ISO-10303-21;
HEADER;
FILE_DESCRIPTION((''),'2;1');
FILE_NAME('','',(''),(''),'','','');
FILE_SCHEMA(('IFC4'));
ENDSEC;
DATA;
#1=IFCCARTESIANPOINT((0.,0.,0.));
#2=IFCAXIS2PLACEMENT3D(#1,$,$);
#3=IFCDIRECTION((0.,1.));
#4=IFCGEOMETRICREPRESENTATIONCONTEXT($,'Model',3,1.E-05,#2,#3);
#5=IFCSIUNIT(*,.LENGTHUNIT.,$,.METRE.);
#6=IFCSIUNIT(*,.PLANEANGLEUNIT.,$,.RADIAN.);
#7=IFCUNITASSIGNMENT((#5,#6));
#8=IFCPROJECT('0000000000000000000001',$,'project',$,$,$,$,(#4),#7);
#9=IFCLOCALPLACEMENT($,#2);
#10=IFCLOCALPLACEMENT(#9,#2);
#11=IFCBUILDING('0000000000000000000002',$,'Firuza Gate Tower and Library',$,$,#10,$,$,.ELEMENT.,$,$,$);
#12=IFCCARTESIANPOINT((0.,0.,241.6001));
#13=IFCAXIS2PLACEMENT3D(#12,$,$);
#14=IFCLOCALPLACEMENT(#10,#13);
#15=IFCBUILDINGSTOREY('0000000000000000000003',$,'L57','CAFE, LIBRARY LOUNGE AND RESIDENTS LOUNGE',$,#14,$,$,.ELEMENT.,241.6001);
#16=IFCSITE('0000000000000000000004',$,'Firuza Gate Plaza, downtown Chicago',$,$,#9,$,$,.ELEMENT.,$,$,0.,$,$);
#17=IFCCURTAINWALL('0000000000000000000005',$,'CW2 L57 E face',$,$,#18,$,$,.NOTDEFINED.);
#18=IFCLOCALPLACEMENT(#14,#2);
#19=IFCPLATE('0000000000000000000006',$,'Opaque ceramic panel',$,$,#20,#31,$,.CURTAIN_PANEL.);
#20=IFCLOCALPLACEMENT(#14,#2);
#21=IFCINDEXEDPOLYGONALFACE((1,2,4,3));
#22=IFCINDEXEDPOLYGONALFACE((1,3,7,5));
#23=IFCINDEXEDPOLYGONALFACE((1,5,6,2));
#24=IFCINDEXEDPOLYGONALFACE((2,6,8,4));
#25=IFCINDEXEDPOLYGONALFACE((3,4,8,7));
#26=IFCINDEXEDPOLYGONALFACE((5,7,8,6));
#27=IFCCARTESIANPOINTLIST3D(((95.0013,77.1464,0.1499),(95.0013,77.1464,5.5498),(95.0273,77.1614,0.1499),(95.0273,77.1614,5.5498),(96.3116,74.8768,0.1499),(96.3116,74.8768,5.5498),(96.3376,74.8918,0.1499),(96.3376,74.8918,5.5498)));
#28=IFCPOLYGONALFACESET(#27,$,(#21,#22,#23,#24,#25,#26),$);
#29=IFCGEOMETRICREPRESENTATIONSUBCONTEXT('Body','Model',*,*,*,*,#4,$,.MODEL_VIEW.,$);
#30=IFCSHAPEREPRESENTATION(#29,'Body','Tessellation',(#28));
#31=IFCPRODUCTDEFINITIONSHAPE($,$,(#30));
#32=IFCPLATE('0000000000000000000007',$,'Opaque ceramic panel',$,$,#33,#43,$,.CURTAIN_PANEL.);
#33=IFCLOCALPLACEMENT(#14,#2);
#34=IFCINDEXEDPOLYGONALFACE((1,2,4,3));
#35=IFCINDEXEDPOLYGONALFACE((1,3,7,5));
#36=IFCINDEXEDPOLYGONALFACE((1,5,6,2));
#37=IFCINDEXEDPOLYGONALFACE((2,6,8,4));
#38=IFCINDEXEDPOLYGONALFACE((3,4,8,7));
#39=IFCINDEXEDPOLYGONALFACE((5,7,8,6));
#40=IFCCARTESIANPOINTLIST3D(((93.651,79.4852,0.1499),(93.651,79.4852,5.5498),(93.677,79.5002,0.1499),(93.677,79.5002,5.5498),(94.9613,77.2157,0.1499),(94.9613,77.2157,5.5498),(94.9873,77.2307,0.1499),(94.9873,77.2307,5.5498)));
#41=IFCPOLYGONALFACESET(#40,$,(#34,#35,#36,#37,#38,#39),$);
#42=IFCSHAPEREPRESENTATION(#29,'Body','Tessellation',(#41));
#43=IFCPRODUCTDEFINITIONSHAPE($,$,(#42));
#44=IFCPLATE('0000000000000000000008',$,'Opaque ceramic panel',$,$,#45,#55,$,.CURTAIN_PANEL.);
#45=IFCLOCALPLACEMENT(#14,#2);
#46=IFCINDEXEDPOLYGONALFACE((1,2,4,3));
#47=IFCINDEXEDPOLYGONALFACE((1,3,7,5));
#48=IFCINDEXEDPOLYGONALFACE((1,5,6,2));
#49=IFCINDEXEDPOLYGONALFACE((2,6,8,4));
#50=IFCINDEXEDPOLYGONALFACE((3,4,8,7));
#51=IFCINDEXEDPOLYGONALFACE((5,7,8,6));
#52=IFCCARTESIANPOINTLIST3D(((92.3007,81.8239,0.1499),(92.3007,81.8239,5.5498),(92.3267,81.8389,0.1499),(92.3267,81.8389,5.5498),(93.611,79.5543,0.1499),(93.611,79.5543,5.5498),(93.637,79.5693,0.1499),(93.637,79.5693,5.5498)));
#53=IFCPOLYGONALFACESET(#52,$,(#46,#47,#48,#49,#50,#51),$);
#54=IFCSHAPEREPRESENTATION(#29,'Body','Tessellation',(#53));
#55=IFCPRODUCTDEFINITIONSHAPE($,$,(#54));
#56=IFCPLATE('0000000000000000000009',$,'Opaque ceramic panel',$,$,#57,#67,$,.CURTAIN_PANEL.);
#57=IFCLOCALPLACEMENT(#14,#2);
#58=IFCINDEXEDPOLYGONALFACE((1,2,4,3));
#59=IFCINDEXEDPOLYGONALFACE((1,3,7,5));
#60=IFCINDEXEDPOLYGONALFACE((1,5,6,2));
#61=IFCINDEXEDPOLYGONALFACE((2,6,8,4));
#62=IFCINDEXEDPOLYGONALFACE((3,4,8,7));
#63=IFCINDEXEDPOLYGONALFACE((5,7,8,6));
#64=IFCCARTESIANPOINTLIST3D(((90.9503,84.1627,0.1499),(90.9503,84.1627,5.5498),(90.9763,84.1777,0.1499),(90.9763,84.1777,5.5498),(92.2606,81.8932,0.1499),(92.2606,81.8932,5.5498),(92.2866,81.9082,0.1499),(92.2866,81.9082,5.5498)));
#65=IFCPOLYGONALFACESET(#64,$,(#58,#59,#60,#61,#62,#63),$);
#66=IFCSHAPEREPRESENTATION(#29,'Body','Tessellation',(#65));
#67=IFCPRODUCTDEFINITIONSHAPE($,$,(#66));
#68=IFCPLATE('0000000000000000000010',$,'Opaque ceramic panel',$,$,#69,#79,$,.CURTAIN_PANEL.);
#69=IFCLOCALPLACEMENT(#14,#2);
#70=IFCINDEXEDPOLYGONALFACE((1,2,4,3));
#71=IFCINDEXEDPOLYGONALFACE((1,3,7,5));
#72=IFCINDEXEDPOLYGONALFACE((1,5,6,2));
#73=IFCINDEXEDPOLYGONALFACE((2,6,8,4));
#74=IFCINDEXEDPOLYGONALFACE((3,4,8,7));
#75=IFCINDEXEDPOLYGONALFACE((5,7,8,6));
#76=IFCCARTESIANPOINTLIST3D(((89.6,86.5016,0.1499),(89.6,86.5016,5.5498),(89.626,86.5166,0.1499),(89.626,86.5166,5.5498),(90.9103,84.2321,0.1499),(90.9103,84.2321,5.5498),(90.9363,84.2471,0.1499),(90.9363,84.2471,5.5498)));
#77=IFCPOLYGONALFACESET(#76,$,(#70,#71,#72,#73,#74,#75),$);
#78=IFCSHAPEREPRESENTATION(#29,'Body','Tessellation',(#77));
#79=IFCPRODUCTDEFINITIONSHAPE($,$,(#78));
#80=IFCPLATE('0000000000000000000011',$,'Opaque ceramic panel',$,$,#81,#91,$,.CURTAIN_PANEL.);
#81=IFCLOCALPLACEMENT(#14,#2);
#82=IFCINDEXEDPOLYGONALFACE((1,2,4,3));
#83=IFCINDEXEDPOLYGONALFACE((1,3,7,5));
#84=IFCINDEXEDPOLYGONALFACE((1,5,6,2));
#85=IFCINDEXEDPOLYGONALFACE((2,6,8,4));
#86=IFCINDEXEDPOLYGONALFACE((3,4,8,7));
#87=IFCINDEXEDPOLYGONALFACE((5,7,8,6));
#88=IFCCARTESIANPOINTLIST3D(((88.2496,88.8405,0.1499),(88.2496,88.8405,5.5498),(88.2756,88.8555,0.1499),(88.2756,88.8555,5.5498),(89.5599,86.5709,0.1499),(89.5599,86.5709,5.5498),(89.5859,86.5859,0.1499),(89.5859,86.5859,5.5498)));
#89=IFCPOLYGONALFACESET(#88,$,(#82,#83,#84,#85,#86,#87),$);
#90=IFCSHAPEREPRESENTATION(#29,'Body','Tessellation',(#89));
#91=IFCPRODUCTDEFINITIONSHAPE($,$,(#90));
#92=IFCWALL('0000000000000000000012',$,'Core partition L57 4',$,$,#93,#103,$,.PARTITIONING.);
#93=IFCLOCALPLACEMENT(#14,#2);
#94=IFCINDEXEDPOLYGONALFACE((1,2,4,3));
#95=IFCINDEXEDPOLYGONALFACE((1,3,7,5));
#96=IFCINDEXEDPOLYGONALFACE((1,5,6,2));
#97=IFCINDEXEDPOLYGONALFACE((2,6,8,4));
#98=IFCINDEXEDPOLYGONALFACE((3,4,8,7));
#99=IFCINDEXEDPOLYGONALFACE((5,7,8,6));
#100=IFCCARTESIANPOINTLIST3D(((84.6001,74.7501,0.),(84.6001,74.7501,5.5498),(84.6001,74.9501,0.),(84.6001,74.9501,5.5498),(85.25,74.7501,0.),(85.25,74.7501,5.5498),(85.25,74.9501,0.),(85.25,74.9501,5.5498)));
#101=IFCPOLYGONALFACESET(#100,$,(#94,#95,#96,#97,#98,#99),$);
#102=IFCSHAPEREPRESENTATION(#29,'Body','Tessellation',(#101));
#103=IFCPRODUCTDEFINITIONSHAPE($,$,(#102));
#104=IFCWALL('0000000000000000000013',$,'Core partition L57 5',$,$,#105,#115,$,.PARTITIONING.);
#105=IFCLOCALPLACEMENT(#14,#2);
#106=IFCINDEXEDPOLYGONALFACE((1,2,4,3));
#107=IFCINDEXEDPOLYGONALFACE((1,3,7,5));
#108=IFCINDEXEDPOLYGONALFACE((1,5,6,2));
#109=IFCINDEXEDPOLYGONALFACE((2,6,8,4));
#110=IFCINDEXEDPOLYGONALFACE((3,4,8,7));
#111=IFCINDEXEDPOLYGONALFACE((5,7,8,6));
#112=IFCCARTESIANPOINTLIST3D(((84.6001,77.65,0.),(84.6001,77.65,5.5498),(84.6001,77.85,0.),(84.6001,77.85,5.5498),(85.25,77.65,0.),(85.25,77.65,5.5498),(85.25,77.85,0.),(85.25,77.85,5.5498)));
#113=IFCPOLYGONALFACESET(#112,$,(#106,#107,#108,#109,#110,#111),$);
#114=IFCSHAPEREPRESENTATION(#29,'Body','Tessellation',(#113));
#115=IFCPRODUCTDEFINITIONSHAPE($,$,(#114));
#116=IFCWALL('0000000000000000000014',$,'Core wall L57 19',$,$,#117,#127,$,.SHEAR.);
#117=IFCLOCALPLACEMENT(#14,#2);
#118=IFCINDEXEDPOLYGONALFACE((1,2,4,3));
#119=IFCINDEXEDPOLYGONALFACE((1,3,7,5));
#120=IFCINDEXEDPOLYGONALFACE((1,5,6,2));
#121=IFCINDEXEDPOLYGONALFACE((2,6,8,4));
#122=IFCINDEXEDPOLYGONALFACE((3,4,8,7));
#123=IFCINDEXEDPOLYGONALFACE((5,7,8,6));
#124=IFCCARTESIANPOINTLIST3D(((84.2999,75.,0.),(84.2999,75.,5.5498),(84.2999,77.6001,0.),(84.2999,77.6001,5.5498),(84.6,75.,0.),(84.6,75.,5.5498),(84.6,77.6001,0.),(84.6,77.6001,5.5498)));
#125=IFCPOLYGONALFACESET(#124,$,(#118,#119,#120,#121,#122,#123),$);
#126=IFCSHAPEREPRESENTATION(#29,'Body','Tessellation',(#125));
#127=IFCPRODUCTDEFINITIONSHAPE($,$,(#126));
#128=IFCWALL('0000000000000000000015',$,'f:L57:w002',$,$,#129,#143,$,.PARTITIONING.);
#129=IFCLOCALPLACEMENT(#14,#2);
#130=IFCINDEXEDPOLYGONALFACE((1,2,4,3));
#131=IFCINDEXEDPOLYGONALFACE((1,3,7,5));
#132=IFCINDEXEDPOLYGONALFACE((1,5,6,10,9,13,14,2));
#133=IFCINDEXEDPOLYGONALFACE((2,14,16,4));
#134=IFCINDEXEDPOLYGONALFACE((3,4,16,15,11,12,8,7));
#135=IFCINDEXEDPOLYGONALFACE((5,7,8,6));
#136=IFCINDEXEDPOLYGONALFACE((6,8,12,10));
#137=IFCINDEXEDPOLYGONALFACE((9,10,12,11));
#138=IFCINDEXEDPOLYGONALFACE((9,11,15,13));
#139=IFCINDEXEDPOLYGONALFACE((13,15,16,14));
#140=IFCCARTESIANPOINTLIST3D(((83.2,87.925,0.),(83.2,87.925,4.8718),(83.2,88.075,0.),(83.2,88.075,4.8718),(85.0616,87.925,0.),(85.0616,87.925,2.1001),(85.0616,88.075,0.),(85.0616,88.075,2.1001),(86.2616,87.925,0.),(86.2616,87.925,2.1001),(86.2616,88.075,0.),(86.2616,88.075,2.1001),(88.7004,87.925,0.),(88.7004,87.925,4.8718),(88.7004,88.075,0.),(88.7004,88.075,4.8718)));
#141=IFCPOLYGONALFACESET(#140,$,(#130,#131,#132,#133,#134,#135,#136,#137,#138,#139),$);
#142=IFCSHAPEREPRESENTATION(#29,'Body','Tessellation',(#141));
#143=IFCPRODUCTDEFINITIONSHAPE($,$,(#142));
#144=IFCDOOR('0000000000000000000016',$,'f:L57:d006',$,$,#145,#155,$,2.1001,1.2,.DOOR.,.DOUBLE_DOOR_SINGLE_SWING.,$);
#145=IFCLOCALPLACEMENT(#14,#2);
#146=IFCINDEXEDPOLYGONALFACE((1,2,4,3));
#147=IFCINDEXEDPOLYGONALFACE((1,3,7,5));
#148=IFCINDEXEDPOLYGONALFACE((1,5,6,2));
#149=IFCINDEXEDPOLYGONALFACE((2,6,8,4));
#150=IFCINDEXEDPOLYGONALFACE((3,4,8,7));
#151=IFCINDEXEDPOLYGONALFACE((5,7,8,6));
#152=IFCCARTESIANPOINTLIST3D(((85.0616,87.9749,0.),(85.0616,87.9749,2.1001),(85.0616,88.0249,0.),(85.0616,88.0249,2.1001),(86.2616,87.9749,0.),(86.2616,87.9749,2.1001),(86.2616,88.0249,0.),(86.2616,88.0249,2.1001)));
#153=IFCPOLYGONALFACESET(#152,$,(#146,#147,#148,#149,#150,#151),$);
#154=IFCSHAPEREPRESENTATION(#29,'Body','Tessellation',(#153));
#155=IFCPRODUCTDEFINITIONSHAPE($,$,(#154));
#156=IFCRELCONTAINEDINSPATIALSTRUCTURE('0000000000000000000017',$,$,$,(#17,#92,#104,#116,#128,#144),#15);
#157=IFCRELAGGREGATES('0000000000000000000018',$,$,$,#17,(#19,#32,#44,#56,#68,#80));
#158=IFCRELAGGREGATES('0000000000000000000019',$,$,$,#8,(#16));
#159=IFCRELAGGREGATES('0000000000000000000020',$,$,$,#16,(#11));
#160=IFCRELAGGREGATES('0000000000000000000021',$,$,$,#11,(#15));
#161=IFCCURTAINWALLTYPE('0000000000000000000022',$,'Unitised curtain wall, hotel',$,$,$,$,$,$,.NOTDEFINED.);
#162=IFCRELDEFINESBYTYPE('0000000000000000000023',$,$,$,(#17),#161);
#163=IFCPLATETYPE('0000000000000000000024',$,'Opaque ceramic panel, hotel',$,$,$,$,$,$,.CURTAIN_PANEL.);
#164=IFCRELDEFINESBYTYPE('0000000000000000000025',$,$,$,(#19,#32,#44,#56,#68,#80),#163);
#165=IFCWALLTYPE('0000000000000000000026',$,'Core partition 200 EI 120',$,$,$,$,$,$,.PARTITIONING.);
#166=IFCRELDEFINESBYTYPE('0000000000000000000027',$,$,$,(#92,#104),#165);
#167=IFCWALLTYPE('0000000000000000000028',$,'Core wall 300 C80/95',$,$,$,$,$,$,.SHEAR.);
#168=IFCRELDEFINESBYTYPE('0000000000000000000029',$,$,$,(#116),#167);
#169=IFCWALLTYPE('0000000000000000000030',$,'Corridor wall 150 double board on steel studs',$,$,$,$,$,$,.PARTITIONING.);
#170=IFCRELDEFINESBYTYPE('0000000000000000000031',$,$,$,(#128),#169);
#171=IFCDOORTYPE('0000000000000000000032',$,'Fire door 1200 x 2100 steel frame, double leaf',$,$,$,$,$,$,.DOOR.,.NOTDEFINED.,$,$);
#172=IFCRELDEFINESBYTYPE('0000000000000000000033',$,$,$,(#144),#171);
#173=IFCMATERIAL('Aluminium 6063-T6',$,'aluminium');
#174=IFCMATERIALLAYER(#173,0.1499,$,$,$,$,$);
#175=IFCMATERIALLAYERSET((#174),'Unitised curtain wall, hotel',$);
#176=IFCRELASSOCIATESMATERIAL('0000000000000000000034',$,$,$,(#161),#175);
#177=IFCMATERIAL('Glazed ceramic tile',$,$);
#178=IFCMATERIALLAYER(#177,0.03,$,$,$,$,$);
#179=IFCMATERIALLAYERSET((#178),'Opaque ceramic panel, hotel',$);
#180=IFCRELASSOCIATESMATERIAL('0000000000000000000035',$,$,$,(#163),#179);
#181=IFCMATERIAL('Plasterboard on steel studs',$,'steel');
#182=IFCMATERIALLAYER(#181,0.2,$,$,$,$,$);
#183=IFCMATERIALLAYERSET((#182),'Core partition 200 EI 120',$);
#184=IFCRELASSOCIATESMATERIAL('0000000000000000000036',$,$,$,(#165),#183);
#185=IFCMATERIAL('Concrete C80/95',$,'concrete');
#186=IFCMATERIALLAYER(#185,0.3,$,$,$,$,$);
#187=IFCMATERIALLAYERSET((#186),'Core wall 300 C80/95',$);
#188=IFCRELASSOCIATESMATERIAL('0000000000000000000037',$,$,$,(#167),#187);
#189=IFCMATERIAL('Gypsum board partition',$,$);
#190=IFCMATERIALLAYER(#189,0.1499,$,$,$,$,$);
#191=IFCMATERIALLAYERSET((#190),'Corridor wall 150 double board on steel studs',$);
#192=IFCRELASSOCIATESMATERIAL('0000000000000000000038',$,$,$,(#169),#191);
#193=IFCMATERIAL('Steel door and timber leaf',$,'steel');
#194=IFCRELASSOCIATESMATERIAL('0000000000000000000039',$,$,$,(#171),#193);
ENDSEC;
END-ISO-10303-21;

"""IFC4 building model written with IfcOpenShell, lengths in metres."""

from ifc_helpers import new_model, si_unit, direction, frame, frame_2d, origin, place, context, subcontext, project, spatial, polyline, rectangle, outline, extrude, material, layer, layer_set, type_object, element, fill, aggregate, save


model = new_model("IFC4")

# Units and contexts
model_context = context("Model", 3, precision=1e-05, world=origin(), true_north=direction((0.0, 1.0)))
body_context = subcontext(model_context, "Body", "Model", "MODEL_VIEW")
ifc_project = project(units=[si_unit("LENGTHUNIT", "METRE"), si_unit("PLANEANGLEUNIT", "RADIAN")], contexts=[model_context])

# Site, building, storey
site_placement = place(None, origin())
site = spatial("IfcSite", under=ifc_project, at=site_placement, Name="Firuza Gate Plaza, downtown Chicago", CompositionType="ELEMENT", RefElevation=0.0)
building_placement = place(site_placement, origin())
building = spatial("IfcBuilding", under=site, at=building_placement, Name="Firuza Gate Tower and Library", CompositionType="ELEMENT")
storey_placement = place(building_placement, frame((0.0, 0.0, 241.6001)))
storey = spatial("IfcBuildingStorey", under=building, at=storey_placement, Name="L57", Description="CAFE, LIBRARY LOUNGE AND RESIDENTS LOUNGE", CompositionType="ELEMENT", Elevation=241.6001)

# Curtain wall
ifc_material_1 = material(Name="Aluminium 6063-T6", Category="aluminium")
ifc_layer_1 = layer(ifc_material_1, 0.1499)
ifc_layer_set_1 = layer_set([ifc_layer_1], Name="Unitised curtain wall, hotel")
curtain_wall_type = type_object("IfcCurtainWallType", Name="Unitised curtain wall, hotel", PredefinedType="NOTDEFINED", material=ifc_layer_set_1)
curtain_wall_placement = place(storey_placement, origin())
curtain_wall = element("IfcCurtainWall", 1, at=curtain_wall_placement, inside=storey, type_object=curtain_wall_type, Name="CW2 L57 E face", PredefinedType="NOTDEFINED")

# Plates
ifc_material_2 = material(Name="Glazed ceramic tile")
ifc_layer_2 = layer(ifc_material_2, 0.03)
ifc_layer_set_2 = layer_set([ifc_layer_2], Name="Opaque ceramic panel, hotel")
plate_type = type_object("IfcPlateType", Name="Opaque ceramic panel, hotel", PredefinedType="CURTAIN_PANEL", material=ifc_layer_set_2)
plate_1_placement = place(storey_placement, frame((96.3376, 74.8918, 0.1499), z_axis=(0.866027, 0.499997, 0.0), x_axis=(-0.499997, 0.866027, 0.0)))
plate_1 = element("IfcPlate", 2, at=plate_1_placement, type_object=plate_type, Name="Opaque ceramic panel", PredefinedType="CURTAIN_PANEL", context=body_context, shape_type="SweptSolid", body=[
    extrude(outline(polyline([(0.0, 0.0), (2.6206, 0.0), (2.6206, 5.3999), (0.0, 5.3999), (0.0, 0.0)])), origin(), (0.0, 0.0, -1.0), 0.03),
])
plate_2_placement = place(storey_placement, frame((94.9873, 77.2307, 0.1499), z_axis=(0.866027, 0.499997, 0.0), x_axis=(-0.499997, 0.866027, 0.0)))
plate_2 = element("IfcPlate", 3, at=plate_2_placement, type_object=plate_type, Name="Opaque ceramic panel", PredefinedType="CURTAIN_PANEL", context=body_context, shape_type="SweptSolid", body=[
    extrude(outline(polyline([(0.0, 0.0), (2.6206, 0.0), (2.6206, 5.3999), (0.0, 5.3999), (0.0, 0.0)])), origin(), (0.0, 0.0, -1.0), 0.03),
])
plate_3_placement = place(storey_placement, frame((93.637, 79.5693, 0.1499), z_axis=(0.866027, 0.499997, 0.0), x_axis=(-0.499997, 0.866027, 0.0)))
plate_3 = element("IfcPlate", 4, at=plate_3_placement, type_object=plate_type, Name="Opaque ceramic panel", PredefinedType="CURTAIN_PANEL", context=body_context, shape_type="SweptSolid", body=[
    extrude(outline(polyline([(0.0, 0.0), (2.6206, 0.0), (2.6206, 5.3999), (0.0, 5.3999), (0.0, 0.0)])), origin(), (0.0, 0.0, -1.0), 0.03),
])
plate_4_placement = place(storey_placement, frame((92.2866, 81.9082, 0.1499), z_axis=(0.866027, 0.499997, 0.0), x_axis=(-0.499997, 0.866027, 0.0)))
plate_4 = element("IfcPlate", 5, at=plate_4_placement, type_object=plate_type, Name="Opaque ceramic panel", PredefinedType="CURTAIN_PANEL", context=body_context, shape_type="SweptSolid", body=[
    extrude(outline(polyline([(0.0, 0.0), (2.6206, 0.0), (2.6206, 5.3999), (0.0, 5.3999), (0.0, 0.0)])), origin(), (0.0, 0.0, -1.0), 0.03),
])
plate_5_placement = place(storey_placement, frame((90.9363, 84.2471, 0.1499), z_axis=(0.866027, 0.499997, 0.0), x_axis=(-0.499997, 0.866027, 0.0)))
plate_5 = element("IfcPlate", 6, at=plate_5_placement, type_object=plate_type, Name="Opaque ceramic panel", PredefinedType="CURTAIN_PANEL", context=body_context, shape_type="SweptSolid", body=[
    extrude(outline(polyline([(0.0, 0.0), (2.6206, 0.0), (2.6206, 5.3999), (0.0, 5.3999), (0.0, 0.0)])), origin(), (0.0, 0.0, -1.0), 0.03),
])
plate_6_placement = place(storey_placement, frame((89.5859, 86.5859, 0.1499), z_axis=(0.866027, 0.499997, 0.0), x_axis=(-0.499997, 0.866027, 0.0)))
plate_6 = element("IfcPlate", 7, at=plate_6_placement, type_object=plate_type, Name="Opaque ceramic panel", PredefinedType="CURTAIN_PANEL", context=body_context, shape_type="SweptSolid", body=[
    extrude(outline(polyline([(0.0, 0.0), (2.6206, 0.0), (2.6206, 5.3999), (0.0, 5.3999), (0.0, 0.0)])), origin(), (0.0, 0.0, -1.0), 0.03),
])
aggregate(curtain_wall, [plate_1, plate_2, plate_3, plate_4, plate_5, plate_6])

# Walls
ifc_material_3 = material(Name="Plasterboard on steel studs", Category="steel")
ifc_layer_3 = layer(ifc_material_3, 0.2)
ifc_layer_set_3 = layer_set([ifc_layer_3], Name="Core partition 200 EI 120")
wall_type_1 = type_object("IfcWallType", Name="Core partition 200 EI 120", PredefinedType="PARTITIONING", material=ifc_layer_set_3)
for number, where, z_axis, x_axis, name in (
    (8, (84.6001, 74.8501, 0.0), (0.0, 0.0, 1.0), (1.0, 0.0, 0.0), "Core partition L57 4"),
    (9, (84.6001, 77.75, 0.0), (0.0, 0.0, 1.0), (1.0, 0.0, 0.0), "Core partition L57 5"),
):
    element("IfcWall", number, at=place(storey_placement, frame(where, z_axis=z_axis, x_axis=x_axis)), inside=storey, type_object=wall_type_1, Name=name, PredefinedType="PARTITIONING", context=body_context, shape_type="SweptSolid", body=[
        extrude(rectangle(XDim=0.6499, YDim=0.2, at=frame_2d((0.325, 0.0))), origin(), (0.0, 0.0, 1.0), 5.5498),
    ])
ifc_material_4 = material(Name="Concrete C80/95", Category="concrete")
ifc_layer_4 = layer(ifc_material_4, 0.3)
ifc_layer_set_4 = layer_set([ifc_layer_4], Name="Core wall 300 C80/95")
wall_type_2 = type_object("IfcWallType", Name="Core wall 300 C80/95", PredefinedType="SHEAR", material=ifc_layer_set_4)
wall_1_placement = place(storey_placement, frame((84.45, 75.0, 0.0), z_axis=(0.0, 0.0, 1.0), x_axis=(0.0, 1.0, 0.0)))
element("IfcWall", 10, at=wall_1_placement, inside=storey, type_object=wall_type_2, Name="Core wall L57 19", PredefinedType="SHEAR", context=body_context, shape_type="SweptSolid", body=[
    extrude(rectangle(XDim=2.6001, YDim=0.3, at=frame_2d((1.3, 0.0))), origin(), (0.0, 0.0, 1.0), 5.5498),
])

# Wall, opening, door
ifc_material_5 = material(Name="Gypsum board partition")
ifc_layer_5 = layer(ifc_material_5, 0.1499)
ifc_layer_set_5 = layer_set([ifc_layer_5], Name="Corridor wall 150 double board on steel studs")
wall_type_3 = type_object("IfcWallType", Name="Corridor wall 150 double board on steel studs", PredefinedType="PARTITIONING", material=ifc_layer_set_5)
wall_2_placement = place(storey_placement, frame((83.2, 88.0, 0.0), z_axis=(0.0, 0.0, 1.0), x_axis=(1.0, 0.0, 0.0)))
wall_2 = element("IfcWall", 11, at=wall_2_placement, inside=storey, type_object=wall_type_3, Name="f:L57:w002", PredefinedType="PARTITIONING", context=body_context, shape_type="SweptSolid", body=[
    extrude(rectangle(XDim=5.5005, YDim=0.1499, at=frame_2d((2.7502, 0.0))), origin(), (0.0, 0.0, 1.0), 4.8718),
])
opening_1_placement = place(wall_2_placement, frame((1.8616, 0.0, 0.0)))
opening_1 = element("IfcOpeningElement", 12, at=opening_1_placement, cuts=wall_2, PredefinedType="OPENING", context=body_context, shape_type="SweptSolid", body=[
    extrude(rectangle(XDim=1.2, YDim=2.1001, at=frame_2d((0.6001, 1.05))), frame((0.0, 0.085, 0.0), z_axis=(0.0, -1.0, 0.0), x_axis=(1.0, 0.0, 0.0)), (0.0, 0.0, 1.0), 0.1699),
])
ifc_material_6 = material(Name="Steel door and timber leaf", Category="steel")
door_type_1 = type_object("IfcDoorType", Name="Fire door 1200 x 2100 steel frame, double leaf", OperationType="NOTDEFINED", PredefinedType="DOOR", material=ifc_material_6)
door_1_placement = place(opening_1_placement, origin())
door_1 = element("IfcDoor", 13, at=door_1_placement, inside=storey, type_object=door_type_1, Name="f:L57:d006", OperationType="DOUBLE_DOOR_SINGLE_SWING", OverallHeight=2.1001, OverallWidth=1.2, PredefinedType="DOOR", context=body_context, shape_type="SweptSolid", body=[
    extrude(rectangle(XDim=1.2, YDim=2.1001, at=frame_2d((0.6001, 1.05))), frame((0.0, 0.0249, 0.0), z_axis=(0.0, -1.0, 0.0), x_axis=(1.0, 0.0, 0.0)), (0.0, 0.0, 1.0), 0.05),
])
fill(opening_1, door_1)

save(model, "model.ifc")
